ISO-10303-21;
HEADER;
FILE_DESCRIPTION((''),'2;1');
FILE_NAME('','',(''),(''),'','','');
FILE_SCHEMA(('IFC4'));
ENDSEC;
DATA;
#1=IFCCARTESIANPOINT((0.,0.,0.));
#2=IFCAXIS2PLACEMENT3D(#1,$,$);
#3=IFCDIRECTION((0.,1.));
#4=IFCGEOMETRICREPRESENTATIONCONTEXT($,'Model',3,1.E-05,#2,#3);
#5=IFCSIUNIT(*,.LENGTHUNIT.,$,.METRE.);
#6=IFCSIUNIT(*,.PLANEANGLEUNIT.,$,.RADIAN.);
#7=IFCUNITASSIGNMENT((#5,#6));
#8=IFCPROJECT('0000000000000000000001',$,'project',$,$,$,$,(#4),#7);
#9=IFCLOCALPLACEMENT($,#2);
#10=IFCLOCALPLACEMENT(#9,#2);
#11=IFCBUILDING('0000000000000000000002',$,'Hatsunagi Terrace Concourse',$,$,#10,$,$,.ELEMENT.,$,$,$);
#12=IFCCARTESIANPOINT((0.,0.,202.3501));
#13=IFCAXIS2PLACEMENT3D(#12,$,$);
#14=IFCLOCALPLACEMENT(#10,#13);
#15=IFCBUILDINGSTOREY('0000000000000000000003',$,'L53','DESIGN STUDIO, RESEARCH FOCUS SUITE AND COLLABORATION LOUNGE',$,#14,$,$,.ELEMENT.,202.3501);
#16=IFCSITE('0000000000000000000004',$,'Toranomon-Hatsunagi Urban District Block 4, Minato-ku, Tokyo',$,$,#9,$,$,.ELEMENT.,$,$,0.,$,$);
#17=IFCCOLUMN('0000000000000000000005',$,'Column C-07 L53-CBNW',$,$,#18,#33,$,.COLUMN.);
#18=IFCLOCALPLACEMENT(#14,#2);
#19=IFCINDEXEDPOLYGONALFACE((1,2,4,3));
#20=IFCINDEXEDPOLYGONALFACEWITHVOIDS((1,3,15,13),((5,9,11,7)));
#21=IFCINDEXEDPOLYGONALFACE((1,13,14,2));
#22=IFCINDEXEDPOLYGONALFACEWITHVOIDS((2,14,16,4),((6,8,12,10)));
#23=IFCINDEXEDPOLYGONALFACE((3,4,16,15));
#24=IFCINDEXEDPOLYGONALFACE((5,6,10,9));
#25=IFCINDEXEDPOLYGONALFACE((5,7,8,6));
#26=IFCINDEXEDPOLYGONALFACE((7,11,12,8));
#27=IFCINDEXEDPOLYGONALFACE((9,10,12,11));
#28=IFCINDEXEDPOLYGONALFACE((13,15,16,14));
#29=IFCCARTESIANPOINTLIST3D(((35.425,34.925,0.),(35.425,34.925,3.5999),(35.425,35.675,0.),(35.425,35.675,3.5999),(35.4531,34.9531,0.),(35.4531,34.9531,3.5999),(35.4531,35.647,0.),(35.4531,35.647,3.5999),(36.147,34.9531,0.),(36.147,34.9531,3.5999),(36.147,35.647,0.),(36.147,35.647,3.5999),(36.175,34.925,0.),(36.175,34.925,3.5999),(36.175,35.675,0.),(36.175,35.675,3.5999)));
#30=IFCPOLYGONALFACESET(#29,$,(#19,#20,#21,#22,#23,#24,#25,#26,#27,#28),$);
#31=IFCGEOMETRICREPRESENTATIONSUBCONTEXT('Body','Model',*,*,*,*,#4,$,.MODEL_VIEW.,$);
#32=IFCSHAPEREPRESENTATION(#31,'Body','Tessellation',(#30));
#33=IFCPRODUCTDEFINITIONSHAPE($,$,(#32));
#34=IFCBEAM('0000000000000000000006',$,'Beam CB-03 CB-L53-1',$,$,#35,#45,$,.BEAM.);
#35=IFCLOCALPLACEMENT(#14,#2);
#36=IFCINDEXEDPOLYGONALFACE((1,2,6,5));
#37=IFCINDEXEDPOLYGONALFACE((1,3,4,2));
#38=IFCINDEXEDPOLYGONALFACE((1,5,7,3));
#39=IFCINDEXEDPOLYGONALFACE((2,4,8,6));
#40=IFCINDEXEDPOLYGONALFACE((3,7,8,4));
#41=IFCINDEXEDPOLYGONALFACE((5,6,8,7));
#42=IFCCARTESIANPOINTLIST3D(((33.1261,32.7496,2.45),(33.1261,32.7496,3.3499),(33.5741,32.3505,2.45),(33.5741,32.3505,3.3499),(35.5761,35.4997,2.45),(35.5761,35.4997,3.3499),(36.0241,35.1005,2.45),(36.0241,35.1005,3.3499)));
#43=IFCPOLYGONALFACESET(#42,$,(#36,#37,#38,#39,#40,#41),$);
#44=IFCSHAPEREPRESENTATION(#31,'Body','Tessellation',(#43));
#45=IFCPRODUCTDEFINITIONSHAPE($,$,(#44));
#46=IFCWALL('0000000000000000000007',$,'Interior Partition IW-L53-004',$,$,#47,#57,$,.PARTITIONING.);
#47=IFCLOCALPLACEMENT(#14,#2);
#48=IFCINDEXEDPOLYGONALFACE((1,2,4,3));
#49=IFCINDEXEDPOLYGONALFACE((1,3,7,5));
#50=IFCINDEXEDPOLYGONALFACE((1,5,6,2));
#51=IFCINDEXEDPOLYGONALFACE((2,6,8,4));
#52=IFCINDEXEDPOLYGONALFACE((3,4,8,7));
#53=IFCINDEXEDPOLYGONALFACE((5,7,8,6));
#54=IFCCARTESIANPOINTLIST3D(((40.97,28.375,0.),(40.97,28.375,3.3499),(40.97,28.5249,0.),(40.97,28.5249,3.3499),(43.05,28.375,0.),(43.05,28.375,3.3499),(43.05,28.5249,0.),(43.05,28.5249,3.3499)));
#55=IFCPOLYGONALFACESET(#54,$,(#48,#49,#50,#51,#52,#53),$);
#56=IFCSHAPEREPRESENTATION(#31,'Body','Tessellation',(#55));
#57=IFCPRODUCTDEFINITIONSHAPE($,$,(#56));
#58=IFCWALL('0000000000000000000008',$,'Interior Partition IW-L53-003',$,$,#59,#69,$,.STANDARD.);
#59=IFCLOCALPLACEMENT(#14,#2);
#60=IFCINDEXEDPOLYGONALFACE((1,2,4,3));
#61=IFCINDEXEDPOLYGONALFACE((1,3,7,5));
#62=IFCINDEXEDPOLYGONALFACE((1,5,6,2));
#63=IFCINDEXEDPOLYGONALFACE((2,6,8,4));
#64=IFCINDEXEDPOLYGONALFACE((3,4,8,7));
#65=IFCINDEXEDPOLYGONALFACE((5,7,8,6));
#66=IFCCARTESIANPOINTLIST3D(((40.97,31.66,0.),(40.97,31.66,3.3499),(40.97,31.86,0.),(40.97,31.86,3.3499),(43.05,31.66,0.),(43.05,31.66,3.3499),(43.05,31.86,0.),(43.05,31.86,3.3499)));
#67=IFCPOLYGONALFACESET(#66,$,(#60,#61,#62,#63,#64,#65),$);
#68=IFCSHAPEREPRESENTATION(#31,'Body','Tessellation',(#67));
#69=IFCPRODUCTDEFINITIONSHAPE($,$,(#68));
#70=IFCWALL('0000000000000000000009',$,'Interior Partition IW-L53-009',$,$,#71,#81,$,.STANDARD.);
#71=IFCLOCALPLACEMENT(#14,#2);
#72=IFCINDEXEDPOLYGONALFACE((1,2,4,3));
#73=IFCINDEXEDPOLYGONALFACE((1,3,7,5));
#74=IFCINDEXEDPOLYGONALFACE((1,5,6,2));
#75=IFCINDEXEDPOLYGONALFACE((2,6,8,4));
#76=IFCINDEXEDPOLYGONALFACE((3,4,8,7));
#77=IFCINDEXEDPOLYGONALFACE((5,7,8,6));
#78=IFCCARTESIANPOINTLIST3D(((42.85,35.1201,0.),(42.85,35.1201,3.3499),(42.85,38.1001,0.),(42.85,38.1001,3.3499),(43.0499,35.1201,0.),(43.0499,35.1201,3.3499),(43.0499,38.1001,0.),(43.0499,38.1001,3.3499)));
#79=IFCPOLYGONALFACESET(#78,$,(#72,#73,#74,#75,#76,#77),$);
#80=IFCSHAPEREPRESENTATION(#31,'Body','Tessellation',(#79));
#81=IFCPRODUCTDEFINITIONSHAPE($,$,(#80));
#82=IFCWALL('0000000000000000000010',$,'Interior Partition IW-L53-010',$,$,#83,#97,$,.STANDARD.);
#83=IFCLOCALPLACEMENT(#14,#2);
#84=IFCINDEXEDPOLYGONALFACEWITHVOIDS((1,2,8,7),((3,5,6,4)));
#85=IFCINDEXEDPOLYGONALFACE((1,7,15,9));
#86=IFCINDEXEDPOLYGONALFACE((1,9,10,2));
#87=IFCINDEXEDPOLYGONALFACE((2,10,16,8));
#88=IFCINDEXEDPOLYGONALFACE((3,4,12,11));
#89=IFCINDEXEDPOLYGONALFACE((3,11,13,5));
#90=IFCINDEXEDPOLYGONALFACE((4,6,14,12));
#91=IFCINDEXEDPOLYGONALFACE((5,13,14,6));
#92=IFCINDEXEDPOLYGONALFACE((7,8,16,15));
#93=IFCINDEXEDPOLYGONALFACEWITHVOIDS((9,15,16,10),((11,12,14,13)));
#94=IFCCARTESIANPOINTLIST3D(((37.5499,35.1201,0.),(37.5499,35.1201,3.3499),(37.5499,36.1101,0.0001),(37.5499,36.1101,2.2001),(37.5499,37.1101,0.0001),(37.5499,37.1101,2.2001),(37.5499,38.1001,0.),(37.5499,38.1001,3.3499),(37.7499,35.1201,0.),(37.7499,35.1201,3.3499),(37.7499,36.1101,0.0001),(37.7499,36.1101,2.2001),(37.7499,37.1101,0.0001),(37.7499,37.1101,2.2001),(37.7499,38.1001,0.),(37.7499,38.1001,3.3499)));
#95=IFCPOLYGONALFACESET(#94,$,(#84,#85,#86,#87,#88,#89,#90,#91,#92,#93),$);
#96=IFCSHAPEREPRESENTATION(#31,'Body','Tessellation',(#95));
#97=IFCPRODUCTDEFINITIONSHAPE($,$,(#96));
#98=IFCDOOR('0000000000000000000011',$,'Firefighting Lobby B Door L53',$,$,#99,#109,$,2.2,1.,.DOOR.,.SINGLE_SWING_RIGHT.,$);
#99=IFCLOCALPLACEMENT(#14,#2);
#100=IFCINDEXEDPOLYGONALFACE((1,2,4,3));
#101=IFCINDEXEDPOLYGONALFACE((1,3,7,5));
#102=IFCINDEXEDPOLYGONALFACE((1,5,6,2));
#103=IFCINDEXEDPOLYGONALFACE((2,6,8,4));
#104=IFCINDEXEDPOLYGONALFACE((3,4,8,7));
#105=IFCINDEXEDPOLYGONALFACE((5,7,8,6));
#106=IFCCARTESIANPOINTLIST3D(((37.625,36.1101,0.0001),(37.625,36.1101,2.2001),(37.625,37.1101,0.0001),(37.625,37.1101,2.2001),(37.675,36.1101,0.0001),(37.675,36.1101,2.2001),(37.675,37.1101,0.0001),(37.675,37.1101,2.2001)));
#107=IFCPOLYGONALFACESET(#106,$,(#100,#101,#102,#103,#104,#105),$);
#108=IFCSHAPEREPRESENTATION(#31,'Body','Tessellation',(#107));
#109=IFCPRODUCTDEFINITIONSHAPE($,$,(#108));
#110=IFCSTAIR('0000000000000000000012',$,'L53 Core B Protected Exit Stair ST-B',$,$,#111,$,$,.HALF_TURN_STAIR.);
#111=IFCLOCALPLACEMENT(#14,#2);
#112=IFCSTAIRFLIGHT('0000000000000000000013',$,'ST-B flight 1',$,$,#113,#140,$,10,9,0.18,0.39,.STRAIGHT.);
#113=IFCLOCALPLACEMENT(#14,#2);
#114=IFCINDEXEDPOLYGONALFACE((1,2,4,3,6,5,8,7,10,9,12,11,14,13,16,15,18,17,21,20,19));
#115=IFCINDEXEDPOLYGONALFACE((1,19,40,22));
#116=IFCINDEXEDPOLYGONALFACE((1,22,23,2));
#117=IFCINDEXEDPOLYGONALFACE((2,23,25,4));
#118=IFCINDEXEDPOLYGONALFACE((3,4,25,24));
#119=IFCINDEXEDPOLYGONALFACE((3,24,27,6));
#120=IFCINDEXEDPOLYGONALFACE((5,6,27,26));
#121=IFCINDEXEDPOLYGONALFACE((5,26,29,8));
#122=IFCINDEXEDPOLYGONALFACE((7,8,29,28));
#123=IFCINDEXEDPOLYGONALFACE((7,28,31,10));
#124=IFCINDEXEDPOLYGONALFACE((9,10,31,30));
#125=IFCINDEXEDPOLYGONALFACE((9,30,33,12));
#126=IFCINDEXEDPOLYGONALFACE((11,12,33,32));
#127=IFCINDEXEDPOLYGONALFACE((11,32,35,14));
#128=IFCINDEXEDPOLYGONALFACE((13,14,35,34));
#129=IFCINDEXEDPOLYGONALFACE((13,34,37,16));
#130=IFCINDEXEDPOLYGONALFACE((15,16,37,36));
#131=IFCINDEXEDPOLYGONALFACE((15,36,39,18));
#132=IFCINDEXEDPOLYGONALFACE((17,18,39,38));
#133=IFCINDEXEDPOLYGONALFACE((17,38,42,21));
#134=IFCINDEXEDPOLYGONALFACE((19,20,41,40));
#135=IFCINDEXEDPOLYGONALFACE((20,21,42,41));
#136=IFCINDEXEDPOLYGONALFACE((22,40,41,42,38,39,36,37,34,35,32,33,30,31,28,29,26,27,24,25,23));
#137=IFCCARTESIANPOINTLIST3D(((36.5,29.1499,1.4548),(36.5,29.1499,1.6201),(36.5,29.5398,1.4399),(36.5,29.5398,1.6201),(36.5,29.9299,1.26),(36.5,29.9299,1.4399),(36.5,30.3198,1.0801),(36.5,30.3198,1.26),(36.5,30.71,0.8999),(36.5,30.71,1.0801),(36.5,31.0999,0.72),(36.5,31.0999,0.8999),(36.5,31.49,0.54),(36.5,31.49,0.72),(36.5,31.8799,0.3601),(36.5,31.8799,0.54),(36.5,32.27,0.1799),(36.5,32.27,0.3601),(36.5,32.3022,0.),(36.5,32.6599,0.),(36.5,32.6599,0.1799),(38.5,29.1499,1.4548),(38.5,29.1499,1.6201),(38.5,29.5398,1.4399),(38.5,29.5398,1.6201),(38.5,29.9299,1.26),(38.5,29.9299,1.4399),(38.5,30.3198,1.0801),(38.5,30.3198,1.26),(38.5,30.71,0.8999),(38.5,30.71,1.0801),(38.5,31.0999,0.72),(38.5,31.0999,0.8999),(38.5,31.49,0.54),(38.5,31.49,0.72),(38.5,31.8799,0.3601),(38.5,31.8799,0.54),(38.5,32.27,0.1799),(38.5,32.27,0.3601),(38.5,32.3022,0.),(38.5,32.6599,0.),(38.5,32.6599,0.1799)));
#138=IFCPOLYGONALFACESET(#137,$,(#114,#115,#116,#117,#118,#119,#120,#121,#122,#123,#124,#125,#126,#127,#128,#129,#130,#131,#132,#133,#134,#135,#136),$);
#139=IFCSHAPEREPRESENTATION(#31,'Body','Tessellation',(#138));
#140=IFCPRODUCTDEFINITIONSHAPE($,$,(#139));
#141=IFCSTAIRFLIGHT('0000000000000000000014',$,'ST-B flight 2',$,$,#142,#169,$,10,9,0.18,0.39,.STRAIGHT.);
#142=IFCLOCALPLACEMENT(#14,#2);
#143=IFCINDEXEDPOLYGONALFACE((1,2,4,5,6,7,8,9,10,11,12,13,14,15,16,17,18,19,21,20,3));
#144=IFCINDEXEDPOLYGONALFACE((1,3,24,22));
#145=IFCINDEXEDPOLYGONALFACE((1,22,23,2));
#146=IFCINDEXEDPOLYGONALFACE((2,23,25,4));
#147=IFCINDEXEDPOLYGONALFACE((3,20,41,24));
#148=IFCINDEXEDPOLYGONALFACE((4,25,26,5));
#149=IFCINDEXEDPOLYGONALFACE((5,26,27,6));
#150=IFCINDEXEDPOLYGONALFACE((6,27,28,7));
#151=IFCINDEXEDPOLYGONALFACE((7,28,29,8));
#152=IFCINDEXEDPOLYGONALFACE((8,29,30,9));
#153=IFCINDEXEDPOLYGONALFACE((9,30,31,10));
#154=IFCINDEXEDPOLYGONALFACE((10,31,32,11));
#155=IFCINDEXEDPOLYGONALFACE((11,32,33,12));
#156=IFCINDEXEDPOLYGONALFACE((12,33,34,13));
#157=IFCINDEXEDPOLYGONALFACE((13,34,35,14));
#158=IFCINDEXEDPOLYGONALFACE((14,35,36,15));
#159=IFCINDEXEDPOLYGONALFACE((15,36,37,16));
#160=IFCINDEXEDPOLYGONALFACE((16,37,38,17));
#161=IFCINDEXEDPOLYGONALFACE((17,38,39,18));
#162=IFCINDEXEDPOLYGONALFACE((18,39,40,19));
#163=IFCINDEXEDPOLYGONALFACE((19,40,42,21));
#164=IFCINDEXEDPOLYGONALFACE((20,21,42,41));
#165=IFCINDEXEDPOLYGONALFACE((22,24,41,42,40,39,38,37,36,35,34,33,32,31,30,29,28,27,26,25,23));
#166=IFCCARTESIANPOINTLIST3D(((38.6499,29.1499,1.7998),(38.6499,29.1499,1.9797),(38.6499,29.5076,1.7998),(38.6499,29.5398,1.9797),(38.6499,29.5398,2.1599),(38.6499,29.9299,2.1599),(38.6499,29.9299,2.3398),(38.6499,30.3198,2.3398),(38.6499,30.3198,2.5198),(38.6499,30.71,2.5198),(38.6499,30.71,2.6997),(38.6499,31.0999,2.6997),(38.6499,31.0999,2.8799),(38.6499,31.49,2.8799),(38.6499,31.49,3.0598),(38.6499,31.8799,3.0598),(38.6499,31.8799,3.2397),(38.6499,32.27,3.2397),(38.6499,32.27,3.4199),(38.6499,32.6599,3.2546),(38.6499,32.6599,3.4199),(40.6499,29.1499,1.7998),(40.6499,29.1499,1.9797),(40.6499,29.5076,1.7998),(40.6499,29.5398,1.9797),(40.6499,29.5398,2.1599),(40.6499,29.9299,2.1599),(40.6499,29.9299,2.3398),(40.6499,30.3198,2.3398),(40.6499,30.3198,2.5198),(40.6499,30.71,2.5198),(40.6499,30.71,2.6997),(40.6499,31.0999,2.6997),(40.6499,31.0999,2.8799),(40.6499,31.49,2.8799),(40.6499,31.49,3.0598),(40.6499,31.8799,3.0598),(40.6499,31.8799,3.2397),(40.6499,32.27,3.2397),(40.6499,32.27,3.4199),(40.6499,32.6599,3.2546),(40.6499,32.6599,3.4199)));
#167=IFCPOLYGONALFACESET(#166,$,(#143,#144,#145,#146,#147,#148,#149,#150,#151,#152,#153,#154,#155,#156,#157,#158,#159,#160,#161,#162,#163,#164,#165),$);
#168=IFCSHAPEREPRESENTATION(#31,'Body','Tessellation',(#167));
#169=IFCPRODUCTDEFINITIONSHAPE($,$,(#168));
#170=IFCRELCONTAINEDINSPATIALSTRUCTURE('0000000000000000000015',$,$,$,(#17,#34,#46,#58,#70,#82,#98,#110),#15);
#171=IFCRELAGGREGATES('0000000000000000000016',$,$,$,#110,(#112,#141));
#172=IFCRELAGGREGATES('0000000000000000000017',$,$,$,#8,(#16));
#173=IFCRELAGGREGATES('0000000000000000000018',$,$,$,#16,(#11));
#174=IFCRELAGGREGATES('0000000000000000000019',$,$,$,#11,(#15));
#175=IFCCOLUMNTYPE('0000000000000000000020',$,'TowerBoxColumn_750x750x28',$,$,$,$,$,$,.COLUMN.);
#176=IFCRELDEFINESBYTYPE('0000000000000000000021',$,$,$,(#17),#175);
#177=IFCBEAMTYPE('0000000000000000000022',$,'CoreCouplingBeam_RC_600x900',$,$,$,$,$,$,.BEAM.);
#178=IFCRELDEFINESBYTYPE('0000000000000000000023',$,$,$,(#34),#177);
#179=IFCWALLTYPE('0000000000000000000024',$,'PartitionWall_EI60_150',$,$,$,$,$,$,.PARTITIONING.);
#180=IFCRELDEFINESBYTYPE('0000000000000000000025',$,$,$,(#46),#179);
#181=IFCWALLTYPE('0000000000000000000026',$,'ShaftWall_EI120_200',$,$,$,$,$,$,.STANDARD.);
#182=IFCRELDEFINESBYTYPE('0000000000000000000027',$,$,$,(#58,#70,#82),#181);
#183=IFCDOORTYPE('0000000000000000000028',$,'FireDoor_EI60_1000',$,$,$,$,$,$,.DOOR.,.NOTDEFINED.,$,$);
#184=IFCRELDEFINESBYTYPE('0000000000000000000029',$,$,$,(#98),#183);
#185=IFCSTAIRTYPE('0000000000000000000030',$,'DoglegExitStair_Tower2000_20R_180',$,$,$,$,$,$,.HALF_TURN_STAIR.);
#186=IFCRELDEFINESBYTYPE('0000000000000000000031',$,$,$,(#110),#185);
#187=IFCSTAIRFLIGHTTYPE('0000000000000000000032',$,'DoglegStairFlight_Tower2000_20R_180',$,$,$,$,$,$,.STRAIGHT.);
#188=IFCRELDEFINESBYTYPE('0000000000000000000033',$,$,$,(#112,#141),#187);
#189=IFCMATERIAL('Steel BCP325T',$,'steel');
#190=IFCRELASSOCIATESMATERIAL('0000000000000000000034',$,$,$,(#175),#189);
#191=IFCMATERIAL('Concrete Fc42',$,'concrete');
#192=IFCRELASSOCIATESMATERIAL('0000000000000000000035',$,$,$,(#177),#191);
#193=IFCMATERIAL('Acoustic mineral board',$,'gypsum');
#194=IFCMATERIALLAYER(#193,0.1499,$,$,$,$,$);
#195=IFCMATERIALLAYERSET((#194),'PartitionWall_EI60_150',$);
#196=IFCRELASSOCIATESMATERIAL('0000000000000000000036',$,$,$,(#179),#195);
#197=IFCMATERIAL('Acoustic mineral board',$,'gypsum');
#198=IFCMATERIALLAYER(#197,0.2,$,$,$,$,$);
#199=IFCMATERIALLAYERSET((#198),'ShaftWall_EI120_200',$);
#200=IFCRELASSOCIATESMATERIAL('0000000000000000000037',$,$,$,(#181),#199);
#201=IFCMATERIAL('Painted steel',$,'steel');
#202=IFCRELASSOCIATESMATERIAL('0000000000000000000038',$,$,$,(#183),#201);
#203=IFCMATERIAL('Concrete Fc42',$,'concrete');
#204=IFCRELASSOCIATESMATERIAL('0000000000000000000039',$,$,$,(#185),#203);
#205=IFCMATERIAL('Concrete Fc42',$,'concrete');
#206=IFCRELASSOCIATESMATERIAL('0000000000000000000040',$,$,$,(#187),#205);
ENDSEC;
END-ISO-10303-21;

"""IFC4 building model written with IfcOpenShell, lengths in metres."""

from ifc_helpers import new_model, si_unit, direction, frame, frame_2d, origin, origin_2d, place, context, subcontext, project, spatial, polyline, rectangle, hollow_rectangle, outline, extrude, material, layer, layer_set, material_profile, profile_set, type_object, element, fill, aggregate, save


model = new_model("IFC4")

# Units and contexts
model_context = context("Model", 3, precision=1e-05, world=origin(), true_north=direction((0.0, 1.0)))
body_context = subcontext(model_context, "Body", "Model", "MODEL_VIEW")
ifc_project = project(units=[si_unit("LENGTHUNIT", "METRE"), si_unit("PLANEANGLEUNIT", "RADIAN")], contexts=[model_context])

# Site, building, storey
site_placement = place(None, origin())
site = spatial("IfcSite", under=ifc_project, at=site_placement, Name="Toranomon-Hatsunagi Urban District Block 4, Minato-ku, Tokyo", CompositionType="ELEMENT", RefElevation=0.0)
building_placement = place(site_placement, origin())
building = spatial("IfcBuilding", under=site, at=building_placement, Name="Hatsunagi Terrace Concourse", CompositionType="ELEMENT")
storey_placement = place(building_placement, frame((0.0, 0.0, 202.3501)))
storey = spatial("IfcBuildingStorey", under=building, at=storey_placement, Name="L53", Description="DESIGN STUDIO, RESEARCH FOCUS SUITE AND COLLABORATION LOUNGE", CompositionType="ELEMENT", Elevation=202.3501)

# Column
ifc_material_1 = material(Name="Steel BCP325T", Category="steel")
ifc_material_profile_1 = material_profile(ifc_material_1, hollow_rectangle(XDim=0.75, YDim=0.75, WallThickness=0.0281, at=origin_2d()), Name="BCP-750x750x28")
ifc_profile_set_1 = profile_set([ifc_material_profile_1], Name="Steel BCP325T")
column_type = type_object("IfcColumnType", Name="TowerBoxColumn_750x750x28", PredefinedType="COLUMN", material=ifc_profile_set_1)
column_placement = place(storey_placement, frame((35.8, 35.3, 0.0), z_axis=(0.0, 0.0, 1.0), x_axis=(1.0, 0.0, 0.0)))
element("IfcColumn", 1, at=column_placement, inside=storey, type_object=column_type, Name="Column C-07 L53-CBNW", PredefinedType="COLUMN", context=body_context, shape_type="SweptSolid", body=[
    extrude(hollow_rectangle(XDim=0.75, YDim=0.75, WallThickness=0.0281, at=origin_2d()), origin(), (0.0, 0.0, 1.0), 3.5999),
])

# Beam
ifc_material_2 = material(Name="Concrete Fc42", Category="concrete")
ifc_material_profile_2 = material_profile(ifc_material_2, rectangle(XDim=0.6001, YDim=0.8999, at=origin_2d()), Name="RC-600x900")
ifc_profile_set_2 = profile_set([ifc_material_profile_2], Name="Concrete Fc42")
beam_type = type_object("IfcBeamType", Name="CoreCouplingBeam_RC_600x900", PredefinedType="BEAM", material=ifc_profile_set_2)
beam_placement = place(storey_placement, frame((33.3501, 32.55, 2.8999), z_axis=(0.665199, 0.746666, 0.0), x_axis=(-0.746666, 0.665199, 0.0)))
element("IfcBeam", 2, at=beam_placement, inside=storey, type_object=beam_type, Name="Beam CB-03 CB-L53-1", PredefinedType="BEAM", context=body_context, shape_type="SweptSolid", body=[
    extrude(rectangle(XDim=0.6001, YDim=0.8999, at=origin_2d()), origin(), (0.0, 0.0, 1.0), 3.6831),
])

# Walls
ifc_material_3 = material(Name="Acoustic mineral board", Category="gypsum")
ifc_layer_1 = layer(ifc_material_3, 0.1499)
ifc_layer_set_1 = layer_set([ifc_layer_1], Name="PartitionWall_EI60_150")
wall_type_1 = type_object("IfcWallType", Name="PartitionWall_EI60_150", PredefinedType="PARTITIONING", material=ifc_layer_set_1)
wall_1_placement = place(storey_placement, frame((40.97, 28.45, 0.0), z_axis=(0.0, 0.0, 1.0), x_axis=(1.0, 0.0, 0.0)))
element("IfcWall", 3, at=wall_1_placement, inside=storey, type_object=wall_type_1, Name="Interior Partition IW-L53-004", PredefinedType="PARTITIONING", context=body_context, shape_type="SweptSolid", body=[
    extrude(rectangle(XDim=2.0801, YDim=0.1499, at=frame_2d((1.04, 0.0))), origin(), (0.0, 0.0, 1.0), 3.3499),
])
ifc_material_4 = material(Name="Acoustic mineral board", Category="gypsum")
ifc_layer_2 = layer(ifc_material_4, 0.2)
ifc_layer_set_2 = layer_set([ifc_layer_2], Name="ShaftWall_EI120_200")
wall_type_2 = type_object("IfcWallType", Name="ShaftWall_EI120_200", PredefinedType="STANDARD", material=ifc_layer_set_2)
wall_2_placement = place(storey_placement, frame((40.97, 31.76, 0.0), z_axis=(0.0, 0.0, 1.0), x_axis=(1.0, 0.0, 0.0)))
element("IfcWall", 4, at=wall_2_placement, inside=storey, type_object=wall_type_2, Name="Interior Partition IW-L53-003", PredefinedType="STANDARD", context=body_context, shape_type="SweptSolid", body=[
    extrude(rectangle(XDim=2.0801, YDim=0.2, at=frame_2d((1.04, 0.0))), origin(), (0.0, 0.0, 1.0), 3.3499),
])
wall_3_placement = place(storey_placement, frame((42.95, 35.1201, 0.0), z_axis=(0.0, 0.0, 1.0), x_axis=(0.0, 1.0, 0.0)))
element("IfcWall", 5, at=wall_3_placement, inside=storey, type_object=wall_type_2, Name="Interior Partition IW-L53-009", PredefinedType="STANDARD", context=body_context, shape_type="SweptSolid", body=[
    extrude(rectangle(XDim=2.98, YDim=0.2, at=frame_2d((1.49, 0.0))), origin(), (0.0, 0.0, 1.0), 3.3499),
])

# Wall, opening, door
wall_4_placement = place(storey_placement, frame((37.6499, 35.1201, 0.0), z_axis=(0.0, 0.0, 1.0), x_axis=(0.0, 1.0, 0.0)))
wall_4 = element("IfcWall", 6, at=wall_4_placement, inside=storey, type_object=wall_type_2, Name="Interior Partition IW-L53-010", PredefinedType="STANDARD", context=body_context, shape_type="SweptSolid", body=[
    extrude(rectangle(XDim=2.98, YDim=0.2, at=frame_2d((1.49, 0.0))), origin(), (0.0, 0.0, 1.0), 3.3499),
])
opening_1_placement = place(wall_4_placement, frame((0.99, 0.0, 0.0)))
opening_1 = element("IfcOpeningElement", 7, at=opening_1_placement, cuts=wall_4, PredefinedType="OPENING", context=body_context, shape_type="SweptSolid", body=[
    extrude(rectangle(XDim=1.0, YDim=2.2, at=frame_2d((0.5, 1.1001))), frame((0.0, 0.1099, 0.0), z_axis=(0.0, -1.0, 0.0), x_axis=(1.0, 0.0, 0.0)), (0.0, 0.0, 1.0), 0.22),
])
ifc_material_5 = material(Name="Painted steel", Category="steel")
door_type_1 = type_object("IfcDoorType", Name="FireDoor_EI60_1000", OperationType="NOTDEFINED", PredefinedType="DOOR", material=ifc_material_5)
door_1_placement = place(opening_1_placement, origin())
door_1 = element("IfcDoor", 8, at=door_1_placement, inside=storey, type_object=door_type_1, Name="Firefighting Lobby B Door L53", OperationType="SINGLE_SWING_RIGHT", OverallHeight=2.2, OverallWidth=1.0, PredefinedType="DOOR", context=body_context, shape_type="SweptSolid", body=[
    extrude(rectangle(XDim=1.0, YDim=2.2, at=frame_2d((0.5, 1.1001))), frame((0.0, 0.0249, 0.0), z_axis=(0.0, -1.0, 0.0), x_axis=(1.0, 0.0, 0.0)), (0.0, 0.0, 1.0), 0.05),
])
fill(opening_1, door_1)

# Stair, stair flights
ifc_material_6 = material(Name="Concrete Fc42", Category="concrete")
stair_type = type_object("IfcStairType", Name="DoglegExitStair_Tower2000_20R_180", PredefinedType="HALF_TURN_STAIR", material=ifc_material_6)
stair_placement = place(storey_placement, origin())
stair = element("IfcStair", 9, at=stair_placement, inside=storey, type_object=stair_type, Name="L53 Core B Protected Exit Stair ST-B", PredefinedType="HALF_TURN_STAIR")
ifc_material_7 = material(Name="Concrete Fc42", Category="concrete")
stair_flight_type = type_object("IfcStairFlightType", Name="DoglegStairFlight_Tower2000_20R_180", PredefinedType="STRAIGHT", material=ifc_material_7)
stair_flight_1_placement = place(storey_placement, frame((37.5, 32.6599, 0.0), z_axis=(0.0, 0.0, 1.0), x_axis=(0.0, -1.0, 0.0)))
stair_flight_1 = element("IfcStairFlight", 10, at=stair_flight_1_placement, type_object=stair_flight_type, Name="ST-B flight 1", NumberOfRisers=10, NumberOfTreads=9, PredefinedType="STRAIGHT", RiserHeight=0.18, TreadLength=0.39, context=body_context, shape_type="SweptSolid", body=[
    extrude(outline(polyline([(0.0, 0.0), (0.0, 0.1799), (0.3899, 0.1799), (0.3899, 0.3601), (0.78, 0.3601), (0.78, 0.54), (1.1699, 0.54), (1.1699, 0.72), (1.5601, 0.72), (1.5601, 0.8999), (1.95, 0.8999), (1.95, 1.0801), (2.3401, 1.0801), (2.3401, 1.26), (2.73, 1.26), (2.73, 1.4399), (3.1201, 1.4399), (3.1201, 1.6201), (3.51, 1.6201), (3.51, 1.8), (3.51, 1.4548), (0.3577, 0.0), (0.0, 0.0)])), frame((0.0, 1.0, 0.0), z_axis=(0.0, -1.0, 0.0), x_axis=(1.0, 0.0, 0.0)), (0.0, 0.0, 1.0), 2.0),
])
stair_flight_2_placement = place(storey_placement, frame((39.6499, 29.1499, 1.7998), z_axis=(0.0, 0.0, 1.0), x_axis=(0.0, 1.0, 0.0)))
stair_flight_2 = element("IfcStairFlight", 11, at=stair_flight_2_placement, type_object=stair_flight_type, Name="ST-B flight 2", NumberOfRisers=10, NumberOfTreads=9, PredefinedType="STRAIGHT", RiserHeight=0.18, TreadLength=0.39, context=body_context, shape_type="SweptSolid", body=[
    extrude(outline(polyline([(0.0, 0.0), (0.0, 0.1799), (0.3899, 0.1799), (0.3899, 0.3601), (0.78, 0.3601), (0.78, 0.54), (1.1699, 0.54), (1.1699, 0.72), (1.5601, 0.72), (1.5601, 0.8999), (1.95, 0.8999), (1.95, 1.0801), (2.3401, 1.0801), (2.3401, 1.26), (2.73, 1.26), (2.73, 1.4399), (3.1201, 1.4399), (3.1201, 1.6201), (3.51, 1.6201), (3.51, 1.8), (3.51, 1.4548), (0.3577, 0.0), (0.0, 0.0)])), frame((0.0, 1.0, 0.0), z_axis=(0.0, -1.0, 0.0), x_axis=(1.0, 0.0, 0.0)), (0.0, 0.0, 1.0), 2.0),
])
aggregate(stair, [stair_flight_1, stair_flight_2])

save(model, "model.ifc")
